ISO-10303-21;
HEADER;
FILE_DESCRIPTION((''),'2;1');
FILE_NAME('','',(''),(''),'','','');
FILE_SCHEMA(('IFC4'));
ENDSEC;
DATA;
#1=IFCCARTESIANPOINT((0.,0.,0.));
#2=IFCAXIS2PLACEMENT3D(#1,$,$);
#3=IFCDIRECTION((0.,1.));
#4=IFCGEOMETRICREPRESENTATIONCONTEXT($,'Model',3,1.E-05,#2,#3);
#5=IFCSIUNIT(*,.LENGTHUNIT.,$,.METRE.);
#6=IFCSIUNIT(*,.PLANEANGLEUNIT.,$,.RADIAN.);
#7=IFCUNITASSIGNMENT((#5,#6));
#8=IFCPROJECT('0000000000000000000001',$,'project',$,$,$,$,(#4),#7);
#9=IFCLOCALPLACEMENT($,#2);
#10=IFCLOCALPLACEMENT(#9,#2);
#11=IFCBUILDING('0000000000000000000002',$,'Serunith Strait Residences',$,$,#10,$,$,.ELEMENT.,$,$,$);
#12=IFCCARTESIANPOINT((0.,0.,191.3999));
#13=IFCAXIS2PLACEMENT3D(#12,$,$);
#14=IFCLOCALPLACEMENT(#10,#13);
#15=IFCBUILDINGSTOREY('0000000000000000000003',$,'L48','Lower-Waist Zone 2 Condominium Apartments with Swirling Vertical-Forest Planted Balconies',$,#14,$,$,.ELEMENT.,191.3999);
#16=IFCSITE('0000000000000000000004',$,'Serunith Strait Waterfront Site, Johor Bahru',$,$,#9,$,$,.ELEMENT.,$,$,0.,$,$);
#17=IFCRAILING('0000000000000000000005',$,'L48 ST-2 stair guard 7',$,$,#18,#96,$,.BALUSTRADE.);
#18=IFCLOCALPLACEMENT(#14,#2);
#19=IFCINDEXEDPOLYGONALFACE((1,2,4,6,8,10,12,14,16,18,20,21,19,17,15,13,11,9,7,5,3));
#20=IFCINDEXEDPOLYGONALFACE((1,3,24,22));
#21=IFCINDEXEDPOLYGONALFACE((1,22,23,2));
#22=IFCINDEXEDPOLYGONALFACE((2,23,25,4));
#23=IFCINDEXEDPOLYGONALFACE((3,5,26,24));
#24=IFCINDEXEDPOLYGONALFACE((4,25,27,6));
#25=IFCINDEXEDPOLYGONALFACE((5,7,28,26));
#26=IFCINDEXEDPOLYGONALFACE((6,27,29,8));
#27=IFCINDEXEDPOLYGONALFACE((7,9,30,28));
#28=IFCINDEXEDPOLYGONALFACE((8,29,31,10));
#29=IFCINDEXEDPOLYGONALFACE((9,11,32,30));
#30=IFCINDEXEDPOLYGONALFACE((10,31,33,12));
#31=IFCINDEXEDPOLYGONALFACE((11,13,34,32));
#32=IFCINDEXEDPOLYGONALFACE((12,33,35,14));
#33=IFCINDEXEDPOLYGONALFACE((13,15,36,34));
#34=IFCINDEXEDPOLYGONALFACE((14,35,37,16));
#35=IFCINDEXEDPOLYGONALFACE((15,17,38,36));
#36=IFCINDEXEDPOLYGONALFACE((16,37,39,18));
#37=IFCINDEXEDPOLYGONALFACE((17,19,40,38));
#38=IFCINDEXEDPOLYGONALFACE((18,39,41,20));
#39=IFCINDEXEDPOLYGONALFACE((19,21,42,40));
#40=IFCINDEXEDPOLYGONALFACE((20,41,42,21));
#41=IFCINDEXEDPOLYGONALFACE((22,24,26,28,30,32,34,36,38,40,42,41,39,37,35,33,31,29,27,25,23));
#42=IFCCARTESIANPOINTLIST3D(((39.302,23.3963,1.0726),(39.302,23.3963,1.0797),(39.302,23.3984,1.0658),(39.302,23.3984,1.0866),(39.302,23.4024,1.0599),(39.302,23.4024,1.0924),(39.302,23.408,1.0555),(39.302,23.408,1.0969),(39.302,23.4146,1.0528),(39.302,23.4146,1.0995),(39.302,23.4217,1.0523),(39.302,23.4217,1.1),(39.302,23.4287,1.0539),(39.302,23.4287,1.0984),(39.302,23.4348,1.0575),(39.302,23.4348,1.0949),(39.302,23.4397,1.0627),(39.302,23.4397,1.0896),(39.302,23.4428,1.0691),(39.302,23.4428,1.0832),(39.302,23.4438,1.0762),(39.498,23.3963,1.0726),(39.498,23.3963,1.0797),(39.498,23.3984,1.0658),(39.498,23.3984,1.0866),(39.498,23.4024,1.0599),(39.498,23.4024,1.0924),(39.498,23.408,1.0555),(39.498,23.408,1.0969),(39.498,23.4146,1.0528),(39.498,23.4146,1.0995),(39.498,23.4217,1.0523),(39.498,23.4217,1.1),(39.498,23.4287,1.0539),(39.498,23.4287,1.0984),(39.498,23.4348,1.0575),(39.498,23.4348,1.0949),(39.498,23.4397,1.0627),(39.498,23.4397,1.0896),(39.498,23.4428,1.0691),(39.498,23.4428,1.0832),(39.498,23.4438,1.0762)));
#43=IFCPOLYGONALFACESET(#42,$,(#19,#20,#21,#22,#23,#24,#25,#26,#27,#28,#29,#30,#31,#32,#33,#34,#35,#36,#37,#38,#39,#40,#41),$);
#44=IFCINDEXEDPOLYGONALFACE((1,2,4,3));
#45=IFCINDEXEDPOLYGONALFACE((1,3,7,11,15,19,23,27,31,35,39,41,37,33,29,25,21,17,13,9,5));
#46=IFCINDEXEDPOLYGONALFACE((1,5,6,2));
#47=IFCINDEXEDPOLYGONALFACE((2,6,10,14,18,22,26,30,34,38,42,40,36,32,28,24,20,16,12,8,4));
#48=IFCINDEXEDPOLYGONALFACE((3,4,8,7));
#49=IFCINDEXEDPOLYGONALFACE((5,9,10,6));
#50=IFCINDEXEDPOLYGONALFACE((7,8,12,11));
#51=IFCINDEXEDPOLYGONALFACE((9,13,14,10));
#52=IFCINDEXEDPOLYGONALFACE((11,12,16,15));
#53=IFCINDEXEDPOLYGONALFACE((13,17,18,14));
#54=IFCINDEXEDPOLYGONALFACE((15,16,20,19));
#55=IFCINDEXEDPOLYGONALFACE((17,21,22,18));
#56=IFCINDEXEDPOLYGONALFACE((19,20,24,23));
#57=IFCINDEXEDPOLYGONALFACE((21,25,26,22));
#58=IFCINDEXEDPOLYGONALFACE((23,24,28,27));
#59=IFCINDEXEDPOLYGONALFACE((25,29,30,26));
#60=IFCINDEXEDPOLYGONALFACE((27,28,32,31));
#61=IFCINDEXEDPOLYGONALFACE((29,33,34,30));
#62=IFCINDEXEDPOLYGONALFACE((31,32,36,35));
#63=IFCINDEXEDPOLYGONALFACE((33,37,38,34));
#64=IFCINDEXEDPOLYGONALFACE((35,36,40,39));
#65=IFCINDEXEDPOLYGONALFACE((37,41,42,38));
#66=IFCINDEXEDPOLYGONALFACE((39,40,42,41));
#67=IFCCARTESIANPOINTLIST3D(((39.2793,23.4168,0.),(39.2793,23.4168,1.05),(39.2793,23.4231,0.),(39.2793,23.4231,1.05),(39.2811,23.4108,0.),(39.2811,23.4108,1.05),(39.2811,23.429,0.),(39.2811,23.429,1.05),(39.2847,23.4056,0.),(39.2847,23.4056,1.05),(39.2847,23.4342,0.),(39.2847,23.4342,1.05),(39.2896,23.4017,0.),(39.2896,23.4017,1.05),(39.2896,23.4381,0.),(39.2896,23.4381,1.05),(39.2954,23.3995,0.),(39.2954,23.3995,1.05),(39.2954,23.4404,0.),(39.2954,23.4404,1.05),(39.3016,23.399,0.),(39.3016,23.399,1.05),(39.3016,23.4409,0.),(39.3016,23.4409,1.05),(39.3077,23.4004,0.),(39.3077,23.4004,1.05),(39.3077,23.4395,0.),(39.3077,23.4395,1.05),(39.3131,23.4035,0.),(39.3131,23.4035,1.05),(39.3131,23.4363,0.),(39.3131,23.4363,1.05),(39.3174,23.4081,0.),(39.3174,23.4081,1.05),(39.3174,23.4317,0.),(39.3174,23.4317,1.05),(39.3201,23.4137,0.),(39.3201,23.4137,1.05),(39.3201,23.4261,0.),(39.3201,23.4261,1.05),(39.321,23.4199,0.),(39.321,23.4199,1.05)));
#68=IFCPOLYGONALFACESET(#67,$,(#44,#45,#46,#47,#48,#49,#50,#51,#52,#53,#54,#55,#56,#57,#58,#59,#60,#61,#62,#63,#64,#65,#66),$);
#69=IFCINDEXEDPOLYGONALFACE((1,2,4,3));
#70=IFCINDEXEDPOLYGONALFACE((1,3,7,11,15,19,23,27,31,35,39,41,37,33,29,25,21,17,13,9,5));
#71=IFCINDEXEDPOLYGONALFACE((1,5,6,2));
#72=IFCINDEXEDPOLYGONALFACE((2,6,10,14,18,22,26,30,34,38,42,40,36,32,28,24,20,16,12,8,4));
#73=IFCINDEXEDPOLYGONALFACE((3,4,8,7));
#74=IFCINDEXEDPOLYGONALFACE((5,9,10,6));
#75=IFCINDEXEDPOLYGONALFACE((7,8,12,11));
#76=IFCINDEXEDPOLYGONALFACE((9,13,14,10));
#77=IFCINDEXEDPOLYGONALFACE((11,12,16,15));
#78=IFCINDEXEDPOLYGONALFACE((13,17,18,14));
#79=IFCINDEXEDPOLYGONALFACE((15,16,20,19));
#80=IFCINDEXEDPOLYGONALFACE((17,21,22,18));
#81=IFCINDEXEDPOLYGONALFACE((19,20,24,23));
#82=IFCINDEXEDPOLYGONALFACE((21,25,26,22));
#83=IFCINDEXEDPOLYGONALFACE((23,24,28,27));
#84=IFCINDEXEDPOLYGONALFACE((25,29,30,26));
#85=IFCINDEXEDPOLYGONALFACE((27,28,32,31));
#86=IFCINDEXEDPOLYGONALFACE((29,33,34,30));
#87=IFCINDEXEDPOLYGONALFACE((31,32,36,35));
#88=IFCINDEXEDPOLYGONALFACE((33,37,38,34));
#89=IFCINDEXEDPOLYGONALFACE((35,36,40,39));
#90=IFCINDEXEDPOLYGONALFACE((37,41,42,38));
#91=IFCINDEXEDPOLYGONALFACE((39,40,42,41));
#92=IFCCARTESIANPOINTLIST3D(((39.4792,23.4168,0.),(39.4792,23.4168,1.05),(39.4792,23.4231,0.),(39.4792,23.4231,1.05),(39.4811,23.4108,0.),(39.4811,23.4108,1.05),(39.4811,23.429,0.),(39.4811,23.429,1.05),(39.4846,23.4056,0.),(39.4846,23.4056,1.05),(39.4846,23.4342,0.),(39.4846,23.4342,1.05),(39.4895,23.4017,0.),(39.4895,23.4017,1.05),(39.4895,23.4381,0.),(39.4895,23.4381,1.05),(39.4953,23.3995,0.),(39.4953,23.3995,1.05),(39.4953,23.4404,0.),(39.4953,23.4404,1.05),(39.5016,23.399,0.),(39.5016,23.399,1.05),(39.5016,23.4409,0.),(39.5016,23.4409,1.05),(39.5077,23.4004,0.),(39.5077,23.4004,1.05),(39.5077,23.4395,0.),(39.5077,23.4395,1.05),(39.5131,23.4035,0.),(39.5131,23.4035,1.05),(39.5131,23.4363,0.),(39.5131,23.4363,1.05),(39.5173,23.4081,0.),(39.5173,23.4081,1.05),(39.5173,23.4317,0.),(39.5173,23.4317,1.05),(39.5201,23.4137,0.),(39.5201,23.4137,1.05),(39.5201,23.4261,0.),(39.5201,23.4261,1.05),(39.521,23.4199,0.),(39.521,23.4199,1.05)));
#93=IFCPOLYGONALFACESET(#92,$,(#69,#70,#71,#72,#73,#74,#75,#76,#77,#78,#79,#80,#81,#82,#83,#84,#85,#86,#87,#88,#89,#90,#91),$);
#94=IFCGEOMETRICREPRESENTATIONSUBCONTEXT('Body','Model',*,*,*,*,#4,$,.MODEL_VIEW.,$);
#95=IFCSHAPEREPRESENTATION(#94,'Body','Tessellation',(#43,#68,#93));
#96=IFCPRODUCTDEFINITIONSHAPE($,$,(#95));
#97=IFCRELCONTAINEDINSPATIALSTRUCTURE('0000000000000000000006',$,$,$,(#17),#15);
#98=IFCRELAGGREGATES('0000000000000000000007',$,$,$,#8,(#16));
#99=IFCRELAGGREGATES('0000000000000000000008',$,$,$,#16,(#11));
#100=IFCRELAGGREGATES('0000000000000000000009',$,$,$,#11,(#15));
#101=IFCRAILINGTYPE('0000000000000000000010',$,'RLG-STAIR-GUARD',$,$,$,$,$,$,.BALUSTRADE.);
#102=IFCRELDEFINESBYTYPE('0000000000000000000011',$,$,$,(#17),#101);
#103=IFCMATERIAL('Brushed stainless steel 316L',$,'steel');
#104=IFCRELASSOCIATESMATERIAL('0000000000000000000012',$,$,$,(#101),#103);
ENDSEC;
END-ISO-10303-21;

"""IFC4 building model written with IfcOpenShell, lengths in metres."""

from ifc_helpers import new_model, si_unit, direction, frame, origin, origin_2d, place, context, subcontext, project, spatial, circle, extrude, material, type_object, element, save


model = new_model("IFC4")

# Units and contexts
model_context = context("Model", 3, precision=1e-05, world=origin(), true_north=direction((0.0, 1.0)))
body_context = subcontext(model_context, "Body", "Model", "MODEL_VIEW")
ifc_project = project(units=[si_unit("LENGTHUNIT", "METRE"), si_unit("PLANEANGLEUNIT", "RADIAN")], contexts=[model_context])

# Site, building, storey
site_placement = place(None, origin())
site = spatial("IfcSite", under=ifc_project, at=site_placement, Name="Serunith Strait Waterfront Site, Johor Bahru", CompositionType="ELEMENT", RefElevation=0.0)
building_placement = place(site_placement, origin())
building = spatial("IfcBuilding", under=site, at=building_placement, Name="Serunith Strait Residences", CompositionType="ELEMENT")
storey_placement = place(building_placement, frame((0.0, 0.0, 191.3999)))
storey = spatial("IfcBuildingStorey", under=building, at=storey_placement, Name="L48", Description="Lower-Waist Zone 2 Condominium Apartments with Swirling Vertical-Forest Planted Balconies", CompositionType="ELEMENT", Elevation=191.3999)

# Railing
ifc_material_1 = material(Name="Brushed stainless steel 316L", Category="steel")
railing_type_1 = type_object("IfcRailingType", Name="RLG-STAIR-GUARD", PredefinedType="BALUSTRADE", material=ifc_material_1)
railing_1_placement = place(storey_placement, frame((39.3, 23.4199, 0.0)))
element("IfcRailing", 1, at=railing_1_placement, inside=storey, type_object=railing_type_1, Name="L48 ST-2 stair guard 7", PredefinedType="BALUSTRADE", context=body_context, shape_type="SweptSolid", body=[
    extrude(circle(Radius=0.0239, at=origin_2d()), frame((0.002, 0.0, 1.0762), z_axis=(1.0, 0.0, 0.0), x_axis=(0.0, 1.0, 0.0)), (0.0, 0.0, 1.0), 0.196),
    extrude(circle(Radius=0.021, at=origin_2d()), origin(), (0.0, 0.0, 1.0), 1.05),
    extrude(circle(Radius=0.021, at=origin_2d()), frame((0.2, 0.0, 0.0)), (0.0, 0.0, 1.0), 1.05),
])

save(model, "model.ifc")
